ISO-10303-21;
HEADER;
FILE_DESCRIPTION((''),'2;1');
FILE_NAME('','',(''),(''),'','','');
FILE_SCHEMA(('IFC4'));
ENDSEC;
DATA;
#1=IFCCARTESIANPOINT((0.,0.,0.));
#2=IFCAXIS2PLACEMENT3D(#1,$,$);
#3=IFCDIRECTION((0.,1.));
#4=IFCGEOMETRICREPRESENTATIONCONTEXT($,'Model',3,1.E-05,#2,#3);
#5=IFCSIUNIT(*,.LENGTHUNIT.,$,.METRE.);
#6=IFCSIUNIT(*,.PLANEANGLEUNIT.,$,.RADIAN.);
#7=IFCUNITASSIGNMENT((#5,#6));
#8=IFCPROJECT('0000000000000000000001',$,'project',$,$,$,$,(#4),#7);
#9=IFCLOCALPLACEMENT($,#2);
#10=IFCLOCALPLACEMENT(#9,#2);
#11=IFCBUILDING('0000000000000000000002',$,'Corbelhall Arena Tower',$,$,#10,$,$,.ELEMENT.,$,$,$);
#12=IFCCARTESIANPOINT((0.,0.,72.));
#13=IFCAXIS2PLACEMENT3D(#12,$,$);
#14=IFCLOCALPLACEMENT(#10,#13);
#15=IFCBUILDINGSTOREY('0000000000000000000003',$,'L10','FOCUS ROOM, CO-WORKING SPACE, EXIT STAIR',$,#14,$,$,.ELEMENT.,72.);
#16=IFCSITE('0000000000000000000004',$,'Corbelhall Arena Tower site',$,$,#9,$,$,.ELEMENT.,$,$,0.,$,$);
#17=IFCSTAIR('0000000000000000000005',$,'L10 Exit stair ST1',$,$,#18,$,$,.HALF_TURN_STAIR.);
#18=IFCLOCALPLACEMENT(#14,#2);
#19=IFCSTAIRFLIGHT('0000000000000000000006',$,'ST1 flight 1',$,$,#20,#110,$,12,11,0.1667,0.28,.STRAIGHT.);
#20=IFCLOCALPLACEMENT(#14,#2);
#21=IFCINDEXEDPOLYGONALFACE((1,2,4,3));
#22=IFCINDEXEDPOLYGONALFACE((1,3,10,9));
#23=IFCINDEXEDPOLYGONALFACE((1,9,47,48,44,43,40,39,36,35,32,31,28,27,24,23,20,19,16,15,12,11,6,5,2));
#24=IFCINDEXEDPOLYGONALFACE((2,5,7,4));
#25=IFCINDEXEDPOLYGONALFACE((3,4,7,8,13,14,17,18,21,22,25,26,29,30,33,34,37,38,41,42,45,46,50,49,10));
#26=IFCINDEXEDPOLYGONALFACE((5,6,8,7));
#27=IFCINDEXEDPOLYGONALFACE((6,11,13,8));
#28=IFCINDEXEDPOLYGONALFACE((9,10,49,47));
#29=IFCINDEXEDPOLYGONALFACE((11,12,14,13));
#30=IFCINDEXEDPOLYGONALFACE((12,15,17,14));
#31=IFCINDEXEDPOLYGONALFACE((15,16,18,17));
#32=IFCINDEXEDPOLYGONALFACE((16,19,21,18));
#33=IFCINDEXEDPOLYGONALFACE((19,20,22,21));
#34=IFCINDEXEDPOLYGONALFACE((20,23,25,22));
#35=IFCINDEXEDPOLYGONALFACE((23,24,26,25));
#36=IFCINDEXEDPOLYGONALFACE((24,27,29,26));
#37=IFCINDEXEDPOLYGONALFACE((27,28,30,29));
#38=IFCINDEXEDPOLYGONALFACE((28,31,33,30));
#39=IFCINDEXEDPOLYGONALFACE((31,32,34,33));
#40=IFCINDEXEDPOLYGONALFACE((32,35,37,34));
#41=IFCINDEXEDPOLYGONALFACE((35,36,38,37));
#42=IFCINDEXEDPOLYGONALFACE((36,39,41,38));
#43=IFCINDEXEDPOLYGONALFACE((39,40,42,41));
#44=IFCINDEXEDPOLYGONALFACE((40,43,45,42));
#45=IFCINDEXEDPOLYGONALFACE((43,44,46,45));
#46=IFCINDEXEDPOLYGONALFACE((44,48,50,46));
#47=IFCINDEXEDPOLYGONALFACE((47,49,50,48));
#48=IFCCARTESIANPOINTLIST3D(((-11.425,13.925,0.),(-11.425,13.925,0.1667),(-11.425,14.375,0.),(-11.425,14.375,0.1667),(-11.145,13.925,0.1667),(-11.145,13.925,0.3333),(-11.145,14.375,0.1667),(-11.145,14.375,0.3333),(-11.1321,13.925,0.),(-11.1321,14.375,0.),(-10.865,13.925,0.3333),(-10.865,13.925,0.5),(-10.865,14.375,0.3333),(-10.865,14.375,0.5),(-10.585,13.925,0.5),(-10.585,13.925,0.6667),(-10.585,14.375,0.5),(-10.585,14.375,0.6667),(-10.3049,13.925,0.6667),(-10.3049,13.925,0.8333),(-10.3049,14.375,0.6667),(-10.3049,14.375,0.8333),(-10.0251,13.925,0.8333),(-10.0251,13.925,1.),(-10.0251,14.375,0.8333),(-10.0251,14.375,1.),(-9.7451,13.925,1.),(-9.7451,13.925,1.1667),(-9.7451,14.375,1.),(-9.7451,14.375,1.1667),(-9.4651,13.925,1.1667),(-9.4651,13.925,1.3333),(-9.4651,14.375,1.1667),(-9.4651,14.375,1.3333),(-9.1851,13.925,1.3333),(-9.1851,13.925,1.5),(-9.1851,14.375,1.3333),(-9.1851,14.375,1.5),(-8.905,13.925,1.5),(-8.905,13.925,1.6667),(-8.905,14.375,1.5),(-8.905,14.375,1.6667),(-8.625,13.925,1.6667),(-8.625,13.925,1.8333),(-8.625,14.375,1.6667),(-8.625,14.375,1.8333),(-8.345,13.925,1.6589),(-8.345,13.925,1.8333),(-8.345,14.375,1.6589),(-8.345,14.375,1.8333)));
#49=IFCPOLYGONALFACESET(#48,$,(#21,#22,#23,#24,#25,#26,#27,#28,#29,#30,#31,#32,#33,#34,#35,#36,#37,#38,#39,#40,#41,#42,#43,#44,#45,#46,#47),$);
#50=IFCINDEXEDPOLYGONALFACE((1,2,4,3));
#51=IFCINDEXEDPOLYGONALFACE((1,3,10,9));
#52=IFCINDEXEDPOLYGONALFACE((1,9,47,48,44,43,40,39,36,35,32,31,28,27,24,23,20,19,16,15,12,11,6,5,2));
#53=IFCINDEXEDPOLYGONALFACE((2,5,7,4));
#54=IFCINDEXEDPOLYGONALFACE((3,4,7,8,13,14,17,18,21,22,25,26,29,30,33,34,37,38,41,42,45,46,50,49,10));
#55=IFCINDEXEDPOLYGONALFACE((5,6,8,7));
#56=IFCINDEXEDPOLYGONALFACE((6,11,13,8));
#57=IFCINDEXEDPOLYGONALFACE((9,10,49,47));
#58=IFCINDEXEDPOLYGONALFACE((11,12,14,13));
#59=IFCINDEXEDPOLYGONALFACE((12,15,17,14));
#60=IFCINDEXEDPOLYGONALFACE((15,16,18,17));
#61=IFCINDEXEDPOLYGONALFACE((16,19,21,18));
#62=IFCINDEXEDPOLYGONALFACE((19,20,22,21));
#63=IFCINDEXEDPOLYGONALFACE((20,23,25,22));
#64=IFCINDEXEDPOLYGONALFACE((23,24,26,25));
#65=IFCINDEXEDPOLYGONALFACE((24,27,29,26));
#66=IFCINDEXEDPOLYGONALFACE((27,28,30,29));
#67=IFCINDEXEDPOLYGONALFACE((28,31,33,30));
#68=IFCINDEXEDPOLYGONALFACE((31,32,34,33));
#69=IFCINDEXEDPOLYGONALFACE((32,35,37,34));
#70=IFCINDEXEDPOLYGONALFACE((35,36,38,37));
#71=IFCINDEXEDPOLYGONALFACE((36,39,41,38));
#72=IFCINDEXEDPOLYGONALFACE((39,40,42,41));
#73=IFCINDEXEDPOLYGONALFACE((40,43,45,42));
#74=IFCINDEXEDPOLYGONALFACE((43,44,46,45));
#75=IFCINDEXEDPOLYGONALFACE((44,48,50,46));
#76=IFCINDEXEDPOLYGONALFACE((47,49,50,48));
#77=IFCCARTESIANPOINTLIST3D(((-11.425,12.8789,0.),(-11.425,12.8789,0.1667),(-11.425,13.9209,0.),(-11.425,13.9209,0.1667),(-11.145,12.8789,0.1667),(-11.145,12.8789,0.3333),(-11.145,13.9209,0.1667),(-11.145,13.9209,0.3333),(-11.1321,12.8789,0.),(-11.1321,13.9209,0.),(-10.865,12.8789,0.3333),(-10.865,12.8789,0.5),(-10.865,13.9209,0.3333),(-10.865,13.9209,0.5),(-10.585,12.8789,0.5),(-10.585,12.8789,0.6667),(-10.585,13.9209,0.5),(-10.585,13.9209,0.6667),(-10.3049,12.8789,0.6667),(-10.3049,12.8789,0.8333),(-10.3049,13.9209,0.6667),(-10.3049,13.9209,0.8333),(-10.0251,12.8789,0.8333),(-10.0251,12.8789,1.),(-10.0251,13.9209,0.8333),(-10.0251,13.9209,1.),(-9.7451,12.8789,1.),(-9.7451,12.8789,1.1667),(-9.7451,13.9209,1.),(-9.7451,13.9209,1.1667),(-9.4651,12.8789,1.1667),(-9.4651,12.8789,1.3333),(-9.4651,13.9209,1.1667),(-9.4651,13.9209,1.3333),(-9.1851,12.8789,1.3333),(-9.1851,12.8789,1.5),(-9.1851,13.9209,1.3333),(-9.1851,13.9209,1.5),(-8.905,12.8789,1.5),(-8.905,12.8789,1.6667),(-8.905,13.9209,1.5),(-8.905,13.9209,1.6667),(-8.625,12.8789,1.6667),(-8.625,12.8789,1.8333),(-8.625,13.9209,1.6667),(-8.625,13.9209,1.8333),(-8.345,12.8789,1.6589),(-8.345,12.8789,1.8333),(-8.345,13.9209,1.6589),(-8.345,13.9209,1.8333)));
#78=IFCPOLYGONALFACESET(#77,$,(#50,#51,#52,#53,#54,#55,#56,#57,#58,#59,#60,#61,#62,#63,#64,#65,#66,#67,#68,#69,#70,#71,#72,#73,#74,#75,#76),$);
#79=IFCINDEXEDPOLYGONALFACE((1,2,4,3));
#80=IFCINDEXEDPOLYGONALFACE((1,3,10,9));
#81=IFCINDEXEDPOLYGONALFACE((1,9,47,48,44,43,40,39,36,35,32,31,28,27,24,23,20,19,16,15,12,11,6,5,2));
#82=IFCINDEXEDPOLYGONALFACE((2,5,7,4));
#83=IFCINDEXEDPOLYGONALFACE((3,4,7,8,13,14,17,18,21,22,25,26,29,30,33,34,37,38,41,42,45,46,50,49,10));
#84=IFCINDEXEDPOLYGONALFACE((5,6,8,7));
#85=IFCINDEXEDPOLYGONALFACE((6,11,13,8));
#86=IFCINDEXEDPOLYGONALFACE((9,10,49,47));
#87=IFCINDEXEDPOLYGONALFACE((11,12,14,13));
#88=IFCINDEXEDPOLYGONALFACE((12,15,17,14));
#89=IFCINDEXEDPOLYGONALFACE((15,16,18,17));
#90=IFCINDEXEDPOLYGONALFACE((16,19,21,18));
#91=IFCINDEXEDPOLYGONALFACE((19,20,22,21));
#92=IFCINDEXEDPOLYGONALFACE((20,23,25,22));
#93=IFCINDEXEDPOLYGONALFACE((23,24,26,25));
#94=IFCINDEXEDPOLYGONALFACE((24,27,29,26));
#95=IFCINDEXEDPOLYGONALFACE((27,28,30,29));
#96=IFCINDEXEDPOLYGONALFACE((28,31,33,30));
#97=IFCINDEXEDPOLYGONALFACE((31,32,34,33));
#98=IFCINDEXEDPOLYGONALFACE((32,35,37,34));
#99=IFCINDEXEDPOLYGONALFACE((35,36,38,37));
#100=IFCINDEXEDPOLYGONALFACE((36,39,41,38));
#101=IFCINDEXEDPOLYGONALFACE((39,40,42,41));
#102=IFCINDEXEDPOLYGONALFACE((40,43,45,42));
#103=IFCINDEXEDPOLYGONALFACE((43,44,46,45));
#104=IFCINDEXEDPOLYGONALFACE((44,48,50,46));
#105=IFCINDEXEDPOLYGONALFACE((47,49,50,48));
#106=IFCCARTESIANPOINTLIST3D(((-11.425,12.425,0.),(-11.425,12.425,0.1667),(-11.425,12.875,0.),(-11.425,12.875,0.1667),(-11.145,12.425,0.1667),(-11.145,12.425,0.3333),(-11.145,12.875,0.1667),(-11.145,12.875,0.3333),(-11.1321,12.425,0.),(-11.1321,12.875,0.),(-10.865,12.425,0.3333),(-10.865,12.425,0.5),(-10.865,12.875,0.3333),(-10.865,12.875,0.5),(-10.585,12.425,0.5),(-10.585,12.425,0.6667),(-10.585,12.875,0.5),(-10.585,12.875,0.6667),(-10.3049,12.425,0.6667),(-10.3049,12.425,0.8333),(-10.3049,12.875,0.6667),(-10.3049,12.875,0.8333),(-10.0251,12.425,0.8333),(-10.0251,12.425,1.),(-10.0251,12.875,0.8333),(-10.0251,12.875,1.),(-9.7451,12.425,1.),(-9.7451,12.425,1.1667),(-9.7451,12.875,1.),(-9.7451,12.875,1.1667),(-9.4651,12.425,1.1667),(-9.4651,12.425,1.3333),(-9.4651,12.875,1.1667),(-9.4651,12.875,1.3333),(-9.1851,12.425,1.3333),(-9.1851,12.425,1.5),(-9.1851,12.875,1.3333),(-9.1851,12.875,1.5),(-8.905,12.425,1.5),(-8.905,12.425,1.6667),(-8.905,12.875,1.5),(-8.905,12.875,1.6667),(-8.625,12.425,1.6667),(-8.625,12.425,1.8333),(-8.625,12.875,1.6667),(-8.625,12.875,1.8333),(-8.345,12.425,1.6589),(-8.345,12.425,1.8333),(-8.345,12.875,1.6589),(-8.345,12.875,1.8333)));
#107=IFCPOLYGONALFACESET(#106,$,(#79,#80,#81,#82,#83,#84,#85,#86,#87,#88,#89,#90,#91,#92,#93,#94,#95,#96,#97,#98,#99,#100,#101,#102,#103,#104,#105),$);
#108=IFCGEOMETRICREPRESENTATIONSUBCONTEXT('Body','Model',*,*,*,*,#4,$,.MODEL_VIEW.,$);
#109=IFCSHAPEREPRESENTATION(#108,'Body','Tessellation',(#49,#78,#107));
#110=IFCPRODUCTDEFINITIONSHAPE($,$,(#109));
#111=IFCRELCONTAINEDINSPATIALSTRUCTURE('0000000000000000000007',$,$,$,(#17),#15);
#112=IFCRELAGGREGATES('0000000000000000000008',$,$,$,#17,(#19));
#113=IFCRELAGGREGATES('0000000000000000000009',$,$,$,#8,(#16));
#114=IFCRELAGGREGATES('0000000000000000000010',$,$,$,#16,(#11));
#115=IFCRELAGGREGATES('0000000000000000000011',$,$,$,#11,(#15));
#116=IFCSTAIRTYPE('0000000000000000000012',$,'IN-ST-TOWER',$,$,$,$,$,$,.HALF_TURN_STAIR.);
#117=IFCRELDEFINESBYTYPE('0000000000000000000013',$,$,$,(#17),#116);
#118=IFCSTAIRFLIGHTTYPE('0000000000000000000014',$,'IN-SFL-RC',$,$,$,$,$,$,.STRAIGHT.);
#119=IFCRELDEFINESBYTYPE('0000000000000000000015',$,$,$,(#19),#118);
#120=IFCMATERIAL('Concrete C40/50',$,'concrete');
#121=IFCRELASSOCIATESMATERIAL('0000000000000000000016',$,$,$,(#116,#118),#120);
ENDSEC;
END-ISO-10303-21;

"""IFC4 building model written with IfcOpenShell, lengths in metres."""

from ifc_helpers import new_model, si_unit, direction, frame, origin, place, context, subcontext, project, spatial, polyline, outline, extrude, material, type_object, element, aggregate, save


model = new_model("IFC4")

# Units and contexts
model_context = context("Model", 3, precision=1e-05, world=origin(), true_north=direction((0.0, 1.0)))
body_context = subcontext(model_context, "Body", "Model", "MODEL_VIEW")
ifc_project = project(units=[si_unit("LENGTHUNIT", "METRE"), si_unit("PLANEANGLEUNIT", "RADIAN")], contexts=[model_context])

# Site, building, storey
site_placement = place(None, origin())
site = spatial("IfcSite", under=ifc_project, at=site_placement, Name="Corbelhall Arena Tower site", CompositionType="ELEMENT", RefElevation=0.0)
building_placement = place(site_placement, origin())
building = spatial("IfcBuilding", under=site, at=building_placement, Name="Corbelhall Arena Tower", CompositionType="ELEMENT")
storey_placement = place(building_placement, frame((0.0, 0.0, 72.0)))
storey = spatial("IfcBuildingStorey", under=building, at=storey_placement, Name="L10", Description="FOCUS ROOM, CO-WORKING SPACE, EXIT STAIR", CompositionType="ELEMENT", Elevation=72.0)

# Shared definitions
ifc_material_1 = material(Name="Concrete C40/50", Category="concrete")

# Stair, stair flight
stair_type = type_object("IfcStairType", Name="IN-ST-TOWER", PredefinedType="HALF_TURN_STAIR", material=ifc_material_1)
stair_placement = place(storey_placement, origin())
stair = element("IfcStair", 1, at=stair_placement, inside=storey, type_object=stair_type, Name="L10 Exit stair ST1", PredefinedType="HALF_TURN_STAIR")
stair_flight_type = type_object("IfcStairFlightType", Name="IN-SFL-RC", PredefinedType="STRAIGHT", material=ifc_material_1)
stair_flight_1_placement = place(storey_placement, frame((-11.425, 13.3999, 0.0), z_axis=(0.0, 0.0, 1.0), x_axis=(1.0, 0.0, 0.0)))
stair_flight_1 = element("IfcStairFlight", 2, at=stair_flight_1_placement, type_object=stair_flight_type, Name="ST1 flight 1", NumberOfRisers=12, NumberOfTreads=11, PredefinedType="STRAIGHT", RiserHeight=0.1667, TreadLength=0.28, context=body_context, shape_type="SweptSolid", body=[
    extrude(outline(polyline([(0.0, 0.0), (0.0, 0.1667), (0.28, 0.1667), (0.28, 0.3333), (0.5601, 0.3333), (0.5601, 0.5), (0.8401, 0.5), (0.8401, 0.6667), (1.1201, 0.6667), (1.1201, 0.8333), (1.3999, 0.8333), (1.3999, 1.0), (1.6799, 1.0), (1.6799, 1.1667), (1.96, 1.1667), (1.96, 1.3333), (2.24, 1.3333), (2.24, 1.5), (2.52, 1.5), (2.52, 1.6667), (2.8, 1.6667), (2.8, 1.8333), (3.0801, 1.8333), (3.0801, 2.0), (3.0801, 1.6589), (0.293, 0.0), (0.0, 0.0)])), frame((0.0, 0.9751, 0.0), z_axis=(0.0, -1.0, 0.0), x_axis=(1.0, 0.0, 0.0)), (0.0, 0.0, 1.0), 0.45),
    extrude(outline(polyline([(0.0, 0.0), (0.0, 0.1667), (0.28, 0.1667), (0.28, 0.3333), (0.5601, 0.3333), (0.5601, 0.5), (0.8401, 0.5), (0.8401, 0.6667), (1.1201, 0.6667), (1.1201, 0.8333), (1.3999, 0.8333), (1.3999, 1.0), (1.6799, 1.0), (1.6799, 1.1667), (1.96, 1.1667), (1.96, 1.3333), (2.24, 1.3333), (2.24, 1.5), (2.52, 1.5), (2.52, 1.6667), (2.8, 1.6667), (2.8, 1.8333), (3.0801, 1.8333), (3.0801, 2.0), (3.0801, 1.6589), (0.293, 0.0), (0.0, 0.0)])), frame((0.0, 0.521, 0.0), z_axis=(0.0, -1.0, 0.0), x_axis=(1.0, 0.0, 0.0)), (0.0, 0.0, 1.0), 1.042),
    extrude(outline(polyline([(0.0, 0.0), (0.0, 0.1667), (0.28, 0.1667), (0.28, 0.3333), (0.5601, 0.3333), (0.5601, 0.5), (0.8401, 0.5), (0.8401, 0.6667), (1.1201, 0.6667), (1.1201, 0.8333), (1.3999, 0.8333), (1.3999, 1.0), (1.6799, 1.0), (1.6799, 1.1667), (1.96, 1.1667), (1.96, 1.3333), (2.24, 1.3333), (2.24, 1.5), (2.52, 1.5), (2.52, 1.6667), (2.8, 1.6667), (2.8, 1.8333), (3.0801, 1.8333), (3.0801, 2.0), (3.0801, 1.6589), (0.293, 0.0), (0.0, 0.0)])), frame((0.0, -0.5249, 0.0), z_axis=(0.0, -1.0, 0.0), x_axis=(1.0, 0.0, 0.0)), (0.0, 0.0, 1.0), 0.45),
])
aggregate(stair, [stair_flight_1])

save(model, "model.ifc")
